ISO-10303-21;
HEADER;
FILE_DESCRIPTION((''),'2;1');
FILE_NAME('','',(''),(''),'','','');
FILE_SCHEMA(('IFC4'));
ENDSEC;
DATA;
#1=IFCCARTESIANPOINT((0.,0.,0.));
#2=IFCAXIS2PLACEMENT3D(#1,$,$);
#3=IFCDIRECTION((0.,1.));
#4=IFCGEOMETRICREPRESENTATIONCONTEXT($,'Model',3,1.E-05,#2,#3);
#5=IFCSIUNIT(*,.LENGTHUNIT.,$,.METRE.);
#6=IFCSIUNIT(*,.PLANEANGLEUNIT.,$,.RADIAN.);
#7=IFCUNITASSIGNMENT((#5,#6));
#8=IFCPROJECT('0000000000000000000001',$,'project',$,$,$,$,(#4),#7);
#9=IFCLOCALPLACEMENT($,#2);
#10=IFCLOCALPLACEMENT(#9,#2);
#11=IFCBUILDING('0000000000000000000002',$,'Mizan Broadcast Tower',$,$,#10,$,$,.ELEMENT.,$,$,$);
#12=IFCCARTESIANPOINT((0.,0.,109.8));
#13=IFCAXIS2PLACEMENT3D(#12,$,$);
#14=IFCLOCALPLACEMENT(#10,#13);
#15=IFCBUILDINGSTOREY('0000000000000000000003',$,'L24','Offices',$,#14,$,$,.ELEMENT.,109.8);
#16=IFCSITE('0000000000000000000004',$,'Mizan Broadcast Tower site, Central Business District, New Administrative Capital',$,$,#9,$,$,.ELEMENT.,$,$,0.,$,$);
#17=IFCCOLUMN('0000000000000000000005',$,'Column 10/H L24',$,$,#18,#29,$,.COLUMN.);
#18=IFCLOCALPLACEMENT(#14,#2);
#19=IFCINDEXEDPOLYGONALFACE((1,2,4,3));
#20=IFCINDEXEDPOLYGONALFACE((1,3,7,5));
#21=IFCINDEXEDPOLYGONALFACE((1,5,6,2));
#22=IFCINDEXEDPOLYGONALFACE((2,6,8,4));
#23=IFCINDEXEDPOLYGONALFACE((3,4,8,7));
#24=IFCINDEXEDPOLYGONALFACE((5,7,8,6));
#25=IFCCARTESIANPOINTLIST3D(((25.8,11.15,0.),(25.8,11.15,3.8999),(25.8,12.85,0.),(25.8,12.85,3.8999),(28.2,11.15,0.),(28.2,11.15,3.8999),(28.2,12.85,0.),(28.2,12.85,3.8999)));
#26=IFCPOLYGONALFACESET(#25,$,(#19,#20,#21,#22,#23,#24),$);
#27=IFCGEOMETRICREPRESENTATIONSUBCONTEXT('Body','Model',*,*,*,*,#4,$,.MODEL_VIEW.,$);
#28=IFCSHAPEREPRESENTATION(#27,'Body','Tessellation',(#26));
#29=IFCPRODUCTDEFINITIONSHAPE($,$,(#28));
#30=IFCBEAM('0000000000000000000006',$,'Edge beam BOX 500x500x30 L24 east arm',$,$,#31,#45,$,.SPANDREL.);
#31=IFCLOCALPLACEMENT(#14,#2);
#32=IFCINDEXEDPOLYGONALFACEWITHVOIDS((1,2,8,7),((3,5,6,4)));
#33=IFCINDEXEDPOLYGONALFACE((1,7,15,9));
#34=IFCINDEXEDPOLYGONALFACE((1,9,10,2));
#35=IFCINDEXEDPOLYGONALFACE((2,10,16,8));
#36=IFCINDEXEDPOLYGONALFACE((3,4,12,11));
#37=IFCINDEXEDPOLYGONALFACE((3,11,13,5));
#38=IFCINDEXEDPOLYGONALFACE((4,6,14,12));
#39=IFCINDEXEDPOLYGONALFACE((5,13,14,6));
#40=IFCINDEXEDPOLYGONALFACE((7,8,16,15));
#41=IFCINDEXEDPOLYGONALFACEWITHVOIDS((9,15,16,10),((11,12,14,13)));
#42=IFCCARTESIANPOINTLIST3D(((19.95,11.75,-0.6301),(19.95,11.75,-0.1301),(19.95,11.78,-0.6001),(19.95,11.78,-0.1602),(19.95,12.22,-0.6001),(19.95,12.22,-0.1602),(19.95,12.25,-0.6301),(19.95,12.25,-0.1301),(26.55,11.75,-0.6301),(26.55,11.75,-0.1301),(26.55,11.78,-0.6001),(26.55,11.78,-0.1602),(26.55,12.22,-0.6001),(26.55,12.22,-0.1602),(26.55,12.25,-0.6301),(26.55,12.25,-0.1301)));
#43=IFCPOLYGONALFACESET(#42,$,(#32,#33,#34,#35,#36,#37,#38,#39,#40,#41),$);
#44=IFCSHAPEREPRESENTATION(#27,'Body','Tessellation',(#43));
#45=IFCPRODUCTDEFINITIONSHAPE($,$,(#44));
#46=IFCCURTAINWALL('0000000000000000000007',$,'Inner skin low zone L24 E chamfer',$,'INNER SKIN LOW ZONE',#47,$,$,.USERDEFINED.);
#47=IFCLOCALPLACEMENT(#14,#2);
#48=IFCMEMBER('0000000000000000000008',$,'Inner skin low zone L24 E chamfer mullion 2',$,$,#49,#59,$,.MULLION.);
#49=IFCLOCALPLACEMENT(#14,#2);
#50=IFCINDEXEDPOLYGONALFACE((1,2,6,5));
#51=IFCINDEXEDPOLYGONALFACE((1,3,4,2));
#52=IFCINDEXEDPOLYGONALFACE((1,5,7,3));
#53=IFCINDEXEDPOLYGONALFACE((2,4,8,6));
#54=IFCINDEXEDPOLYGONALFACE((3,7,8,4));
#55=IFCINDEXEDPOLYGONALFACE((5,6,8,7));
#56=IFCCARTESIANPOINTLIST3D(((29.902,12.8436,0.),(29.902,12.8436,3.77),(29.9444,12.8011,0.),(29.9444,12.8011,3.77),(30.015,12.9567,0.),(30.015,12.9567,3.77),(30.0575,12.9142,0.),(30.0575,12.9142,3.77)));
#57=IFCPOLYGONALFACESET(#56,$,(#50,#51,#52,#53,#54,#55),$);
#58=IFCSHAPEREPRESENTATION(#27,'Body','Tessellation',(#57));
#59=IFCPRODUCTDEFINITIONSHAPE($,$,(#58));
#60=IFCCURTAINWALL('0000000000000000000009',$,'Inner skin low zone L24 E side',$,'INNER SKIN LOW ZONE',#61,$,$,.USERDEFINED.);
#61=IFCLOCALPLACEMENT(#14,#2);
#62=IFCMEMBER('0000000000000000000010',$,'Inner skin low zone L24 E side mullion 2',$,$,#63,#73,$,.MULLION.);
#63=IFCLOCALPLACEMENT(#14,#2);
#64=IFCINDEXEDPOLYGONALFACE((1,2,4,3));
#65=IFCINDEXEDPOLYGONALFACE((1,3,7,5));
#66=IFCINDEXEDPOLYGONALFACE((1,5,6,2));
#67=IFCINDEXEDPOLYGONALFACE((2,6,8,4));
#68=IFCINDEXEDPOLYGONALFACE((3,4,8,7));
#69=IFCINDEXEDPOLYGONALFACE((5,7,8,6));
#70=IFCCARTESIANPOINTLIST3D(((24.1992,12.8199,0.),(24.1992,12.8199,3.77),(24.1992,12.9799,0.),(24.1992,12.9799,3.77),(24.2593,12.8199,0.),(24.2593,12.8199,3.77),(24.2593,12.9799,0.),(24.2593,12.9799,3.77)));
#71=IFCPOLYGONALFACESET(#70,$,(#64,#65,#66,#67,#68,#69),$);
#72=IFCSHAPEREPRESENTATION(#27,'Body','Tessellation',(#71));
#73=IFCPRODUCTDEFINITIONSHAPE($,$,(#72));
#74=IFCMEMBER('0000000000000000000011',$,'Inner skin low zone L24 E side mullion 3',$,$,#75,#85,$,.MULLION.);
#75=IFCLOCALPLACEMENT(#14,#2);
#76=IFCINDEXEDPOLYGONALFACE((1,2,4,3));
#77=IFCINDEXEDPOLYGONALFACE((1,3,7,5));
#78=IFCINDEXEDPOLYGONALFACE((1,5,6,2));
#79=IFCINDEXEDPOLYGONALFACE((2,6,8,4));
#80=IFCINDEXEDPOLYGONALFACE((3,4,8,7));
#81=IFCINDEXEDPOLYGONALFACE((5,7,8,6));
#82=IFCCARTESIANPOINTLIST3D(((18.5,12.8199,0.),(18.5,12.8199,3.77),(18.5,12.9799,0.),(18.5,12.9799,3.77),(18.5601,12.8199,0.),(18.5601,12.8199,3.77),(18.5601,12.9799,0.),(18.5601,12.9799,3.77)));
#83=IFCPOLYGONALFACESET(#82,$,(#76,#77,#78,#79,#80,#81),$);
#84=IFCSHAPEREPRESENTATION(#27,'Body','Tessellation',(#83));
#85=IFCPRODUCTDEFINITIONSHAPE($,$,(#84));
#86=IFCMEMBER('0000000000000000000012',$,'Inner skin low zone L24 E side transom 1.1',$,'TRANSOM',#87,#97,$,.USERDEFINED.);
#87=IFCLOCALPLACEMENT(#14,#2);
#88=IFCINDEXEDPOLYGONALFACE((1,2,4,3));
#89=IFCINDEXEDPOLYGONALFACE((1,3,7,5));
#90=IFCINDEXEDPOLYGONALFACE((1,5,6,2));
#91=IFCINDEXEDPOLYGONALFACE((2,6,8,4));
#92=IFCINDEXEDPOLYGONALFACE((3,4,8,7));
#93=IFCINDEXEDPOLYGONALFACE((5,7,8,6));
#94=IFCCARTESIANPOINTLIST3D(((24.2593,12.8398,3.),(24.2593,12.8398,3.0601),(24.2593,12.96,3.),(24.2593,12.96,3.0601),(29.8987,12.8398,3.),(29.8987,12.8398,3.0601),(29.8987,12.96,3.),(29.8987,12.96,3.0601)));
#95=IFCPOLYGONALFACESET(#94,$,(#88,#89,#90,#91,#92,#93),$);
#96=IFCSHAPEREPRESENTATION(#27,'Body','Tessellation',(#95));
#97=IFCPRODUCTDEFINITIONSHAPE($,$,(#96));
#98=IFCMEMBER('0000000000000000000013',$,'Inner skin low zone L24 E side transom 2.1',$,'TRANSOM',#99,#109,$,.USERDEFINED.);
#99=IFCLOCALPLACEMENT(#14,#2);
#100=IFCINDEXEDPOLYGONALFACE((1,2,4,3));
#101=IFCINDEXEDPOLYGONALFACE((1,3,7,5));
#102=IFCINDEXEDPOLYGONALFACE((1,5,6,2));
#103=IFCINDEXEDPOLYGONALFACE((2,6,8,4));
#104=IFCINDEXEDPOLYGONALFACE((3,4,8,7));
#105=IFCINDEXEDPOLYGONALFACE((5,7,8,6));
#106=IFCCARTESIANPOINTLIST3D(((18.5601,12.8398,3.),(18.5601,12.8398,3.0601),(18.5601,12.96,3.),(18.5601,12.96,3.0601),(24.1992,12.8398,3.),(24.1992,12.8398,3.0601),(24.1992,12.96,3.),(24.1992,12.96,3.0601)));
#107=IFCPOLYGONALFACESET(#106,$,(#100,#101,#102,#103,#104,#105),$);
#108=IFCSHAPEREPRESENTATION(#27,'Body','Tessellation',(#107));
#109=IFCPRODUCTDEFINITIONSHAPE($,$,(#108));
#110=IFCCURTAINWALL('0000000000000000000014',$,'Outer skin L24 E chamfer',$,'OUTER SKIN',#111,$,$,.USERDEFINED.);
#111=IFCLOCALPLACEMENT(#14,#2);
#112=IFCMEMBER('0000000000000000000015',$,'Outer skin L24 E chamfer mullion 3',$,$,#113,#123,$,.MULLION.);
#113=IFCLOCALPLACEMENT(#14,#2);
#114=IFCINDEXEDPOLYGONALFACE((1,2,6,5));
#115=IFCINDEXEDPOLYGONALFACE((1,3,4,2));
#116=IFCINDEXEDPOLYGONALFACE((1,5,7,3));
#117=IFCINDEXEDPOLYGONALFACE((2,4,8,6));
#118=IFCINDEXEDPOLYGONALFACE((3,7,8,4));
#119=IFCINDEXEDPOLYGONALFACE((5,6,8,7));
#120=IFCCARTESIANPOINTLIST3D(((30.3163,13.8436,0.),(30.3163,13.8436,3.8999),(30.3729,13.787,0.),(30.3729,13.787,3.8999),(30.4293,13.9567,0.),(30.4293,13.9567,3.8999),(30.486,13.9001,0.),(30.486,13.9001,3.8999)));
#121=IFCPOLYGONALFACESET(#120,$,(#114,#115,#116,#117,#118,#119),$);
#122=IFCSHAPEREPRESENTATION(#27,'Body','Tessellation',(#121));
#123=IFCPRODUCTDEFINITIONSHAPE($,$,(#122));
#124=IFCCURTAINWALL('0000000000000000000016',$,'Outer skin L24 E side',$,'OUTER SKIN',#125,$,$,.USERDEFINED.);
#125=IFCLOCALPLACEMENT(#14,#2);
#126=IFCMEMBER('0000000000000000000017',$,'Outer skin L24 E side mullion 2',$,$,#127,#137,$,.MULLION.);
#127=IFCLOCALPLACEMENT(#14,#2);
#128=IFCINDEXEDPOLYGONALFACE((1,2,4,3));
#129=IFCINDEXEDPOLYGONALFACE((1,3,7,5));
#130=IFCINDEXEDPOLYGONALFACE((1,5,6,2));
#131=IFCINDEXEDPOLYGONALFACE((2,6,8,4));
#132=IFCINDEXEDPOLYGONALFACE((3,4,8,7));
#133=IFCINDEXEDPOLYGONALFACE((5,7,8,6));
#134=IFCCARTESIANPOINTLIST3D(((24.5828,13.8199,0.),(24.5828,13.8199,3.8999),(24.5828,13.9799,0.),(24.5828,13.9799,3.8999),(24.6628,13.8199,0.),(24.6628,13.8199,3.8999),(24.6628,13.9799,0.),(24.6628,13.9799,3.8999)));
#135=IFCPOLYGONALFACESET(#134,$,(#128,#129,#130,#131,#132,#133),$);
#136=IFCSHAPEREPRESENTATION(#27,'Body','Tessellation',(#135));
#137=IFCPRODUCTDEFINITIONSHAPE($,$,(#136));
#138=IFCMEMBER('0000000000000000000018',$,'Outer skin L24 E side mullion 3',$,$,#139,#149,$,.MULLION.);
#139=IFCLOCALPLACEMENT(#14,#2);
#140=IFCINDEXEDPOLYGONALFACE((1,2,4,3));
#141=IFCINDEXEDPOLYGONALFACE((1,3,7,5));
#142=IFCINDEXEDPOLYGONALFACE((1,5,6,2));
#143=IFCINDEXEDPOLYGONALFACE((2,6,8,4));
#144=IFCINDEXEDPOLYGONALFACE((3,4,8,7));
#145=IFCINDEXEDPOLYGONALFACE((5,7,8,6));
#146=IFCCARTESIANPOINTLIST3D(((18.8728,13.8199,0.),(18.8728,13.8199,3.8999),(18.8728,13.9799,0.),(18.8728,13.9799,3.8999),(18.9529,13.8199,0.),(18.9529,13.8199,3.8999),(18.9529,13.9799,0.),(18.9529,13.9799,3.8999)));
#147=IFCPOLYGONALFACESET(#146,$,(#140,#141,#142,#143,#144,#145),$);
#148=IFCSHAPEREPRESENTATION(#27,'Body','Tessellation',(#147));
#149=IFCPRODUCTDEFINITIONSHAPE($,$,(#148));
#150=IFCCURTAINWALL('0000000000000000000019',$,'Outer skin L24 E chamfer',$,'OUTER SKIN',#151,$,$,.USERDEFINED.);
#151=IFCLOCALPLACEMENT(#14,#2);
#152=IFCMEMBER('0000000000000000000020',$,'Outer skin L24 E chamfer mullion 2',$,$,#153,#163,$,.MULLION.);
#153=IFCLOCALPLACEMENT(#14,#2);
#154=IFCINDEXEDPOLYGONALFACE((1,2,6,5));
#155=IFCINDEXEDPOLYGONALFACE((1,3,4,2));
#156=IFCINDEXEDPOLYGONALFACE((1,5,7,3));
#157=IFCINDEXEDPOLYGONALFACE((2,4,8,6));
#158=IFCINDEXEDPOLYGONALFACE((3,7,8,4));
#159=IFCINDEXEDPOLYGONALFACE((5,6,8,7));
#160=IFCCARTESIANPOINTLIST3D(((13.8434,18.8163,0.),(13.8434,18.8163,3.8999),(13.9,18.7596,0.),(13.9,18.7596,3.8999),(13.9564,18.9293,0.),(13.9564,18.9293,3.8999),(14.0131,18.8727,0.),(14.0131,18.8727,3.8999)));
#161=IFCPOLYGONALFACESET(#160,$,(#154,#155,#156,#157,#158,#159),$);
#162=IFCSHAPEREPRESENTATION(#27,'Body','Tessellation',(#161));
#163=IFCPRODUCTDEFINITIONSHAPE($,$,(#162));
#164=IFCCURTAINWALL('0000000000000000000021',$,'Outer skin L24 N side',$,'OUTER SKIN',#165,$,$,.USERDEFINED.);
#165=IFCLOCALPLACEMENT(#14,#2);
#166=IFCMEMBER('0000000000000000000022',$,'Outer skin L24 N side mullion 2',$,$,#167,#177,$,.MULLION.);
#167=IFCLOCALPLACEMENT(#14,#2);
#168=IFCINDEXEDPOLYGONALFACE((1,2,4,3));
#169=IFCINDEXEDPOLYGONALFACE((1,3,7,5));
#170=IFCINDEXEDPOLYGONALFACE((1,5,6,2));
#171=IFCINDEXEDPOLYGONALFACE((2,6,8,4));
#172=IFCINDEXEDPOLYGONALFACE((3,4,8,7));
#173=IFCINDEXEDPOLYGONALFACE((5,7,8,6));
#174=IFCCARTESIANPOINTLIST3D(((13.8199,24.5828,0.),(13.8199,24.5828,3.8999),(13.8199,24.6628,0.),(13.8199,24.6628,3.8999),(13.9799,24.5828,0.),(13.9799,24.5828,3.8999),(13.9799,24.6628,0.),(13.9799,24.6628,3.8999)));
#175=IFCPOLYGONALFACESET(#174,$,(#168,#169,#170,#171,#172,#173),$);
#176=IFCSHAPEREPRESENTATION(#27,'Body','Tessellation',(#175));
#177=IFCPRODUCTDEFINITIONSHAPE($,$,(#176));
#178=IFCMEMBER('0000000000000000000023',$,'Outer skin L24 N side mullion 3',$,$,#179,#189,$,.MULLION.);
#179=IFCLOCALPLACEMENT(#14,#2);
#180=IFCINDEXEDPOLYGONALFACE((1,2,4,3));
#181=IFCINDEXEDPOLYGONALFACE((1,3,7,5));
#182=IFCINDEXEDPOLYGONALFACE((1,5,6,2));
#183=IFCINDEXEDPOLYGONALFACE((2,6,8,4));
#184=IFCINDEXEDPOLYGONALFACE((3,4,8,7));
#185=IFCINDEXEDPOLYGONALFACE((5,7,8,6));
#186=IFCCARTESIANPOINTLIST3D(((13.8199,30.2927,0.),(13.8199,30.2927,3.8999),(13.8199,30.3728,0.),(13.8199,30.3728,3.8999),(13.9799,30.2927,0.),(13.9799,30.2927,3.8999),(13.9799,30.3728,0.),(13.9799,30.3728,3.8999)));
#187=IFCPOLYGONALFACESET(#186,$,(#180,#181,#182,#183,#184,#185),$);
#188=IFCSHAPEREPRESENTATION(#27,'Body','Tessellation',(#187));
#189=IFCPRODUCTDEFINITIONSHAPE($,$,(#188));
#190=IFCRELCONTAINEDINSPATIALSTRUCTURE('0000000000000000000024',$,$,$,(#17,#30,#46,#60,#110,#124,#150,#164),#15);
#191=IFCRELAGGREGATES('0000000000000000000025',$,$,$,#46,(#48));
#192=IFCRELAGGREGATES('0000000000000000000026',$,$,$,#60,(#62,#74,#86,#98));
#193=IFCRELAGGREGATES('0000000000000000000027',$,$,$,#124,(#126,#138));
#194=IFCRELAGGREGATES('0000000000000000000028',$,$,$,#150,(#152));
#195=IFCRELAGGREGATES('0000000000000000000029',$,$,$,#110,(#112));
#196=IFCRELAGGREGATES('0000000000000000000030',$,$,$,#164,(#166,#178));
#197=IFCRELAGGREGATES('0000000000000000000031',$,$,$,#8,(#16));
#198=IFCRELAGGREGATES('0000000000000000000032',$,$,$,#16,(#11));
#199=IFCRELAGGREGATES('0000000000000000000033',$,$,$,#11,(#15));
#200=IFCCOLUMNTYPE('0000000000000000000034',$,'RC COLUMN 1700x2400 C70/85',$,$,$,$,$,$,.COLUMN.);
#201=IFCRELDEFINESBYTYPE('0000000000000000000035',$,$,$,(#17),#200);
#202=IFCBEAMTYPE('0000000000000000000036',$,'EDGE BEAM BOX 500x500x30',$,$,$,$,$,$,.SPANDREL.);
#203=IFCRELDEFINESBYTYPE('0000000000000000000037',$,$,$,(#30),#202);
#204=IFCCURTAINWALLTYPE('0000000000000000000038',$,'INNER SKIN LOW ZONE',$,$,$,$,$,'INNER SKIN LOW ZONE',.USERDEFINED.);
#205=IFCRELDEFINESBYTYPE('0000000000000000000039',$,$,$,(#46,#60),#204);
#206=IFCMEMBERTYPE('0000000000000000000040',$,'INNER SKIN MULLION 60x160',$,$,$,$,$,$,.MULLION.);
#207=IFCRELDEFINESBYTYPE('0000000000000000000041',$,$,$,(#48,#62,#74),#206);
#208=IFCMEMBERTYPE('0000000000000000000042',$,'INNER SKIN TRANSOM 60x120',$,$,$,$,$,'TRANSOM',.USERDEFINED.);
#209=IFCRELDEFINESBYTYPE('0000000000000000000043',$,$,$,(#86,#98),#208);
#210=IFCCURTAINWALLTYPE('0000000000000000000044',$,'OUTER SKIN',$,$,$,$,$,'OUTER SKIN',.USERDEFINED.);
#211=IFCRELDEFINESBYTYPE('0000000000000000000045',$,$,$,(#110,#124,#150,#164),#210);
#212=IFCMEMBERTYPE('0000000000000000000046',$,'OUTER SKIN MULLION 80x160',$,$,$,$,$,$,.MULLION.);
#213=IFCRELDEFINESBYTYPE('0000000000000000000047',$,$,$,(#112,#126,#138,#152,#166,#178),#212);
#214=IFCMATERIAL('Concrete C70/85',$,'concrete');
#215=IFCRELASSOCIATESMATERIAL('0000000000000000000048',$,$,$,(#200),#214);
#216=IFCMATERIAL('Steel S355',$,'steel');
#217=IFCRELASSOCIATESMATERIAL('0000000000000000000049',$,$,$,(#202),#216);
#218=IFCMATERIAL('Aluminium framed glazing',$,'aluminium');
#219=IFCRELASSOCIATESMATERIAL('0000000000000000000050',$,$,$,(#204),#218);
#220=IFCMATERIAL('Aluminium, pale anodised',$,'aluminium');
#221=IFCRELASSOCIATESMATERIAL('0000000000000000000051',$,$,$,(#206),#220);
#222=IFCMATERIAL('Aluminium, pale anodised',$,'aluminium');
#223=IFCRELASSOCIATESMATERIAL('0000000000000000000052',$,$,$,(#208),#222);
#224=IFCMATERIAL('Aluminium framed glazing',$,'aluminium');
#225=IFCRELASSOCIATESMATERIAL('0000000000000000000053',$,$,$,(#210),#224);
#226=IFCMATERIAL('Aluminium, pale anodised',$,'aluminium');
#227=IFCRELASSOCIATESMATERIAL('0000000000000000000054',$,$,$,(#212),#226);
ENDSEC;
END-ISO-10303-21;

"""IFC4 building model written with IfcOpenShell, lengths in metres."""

from ifc_helpers import new_model, si_unit, direction, frame, origin, origin_2d, place, context, subcontext, project, spatial, rectangle, hollow_rectangle, extrude, material, material_profile, profile_set, type_object, element, aggregate, save


model = new_model("IFC4")

# Units and contexts
model_context = context("Model", 3, precision=1e-05, world=origin(), true_north=direction((0.0, 1.0)))
body_context = subcontext(model_context, "Body", "Model", "MODEL_VIEW")
ifc_project = project(units=[si_unit("LENGTHUNIT", "METRE"), si_unit("PLANEANGLEUNIT", "RADIAN")], contexts=[model_context])

# Site, building, storey
site_placement = place(None, origin())
site = spatial("IfcSite", under=ifc_project, at=site_placement, Name="Mizan Broadcast Tower site, Central Business District, New Administrative Capital", CompositionType="ELEMENT", RefElevation=0.0)
building_placement = place(site_placement, origin())
building = spatial("IfcBuilding", under=site, at=building_placement, Name="Mizan Broadcast Tower", CompositionType="ELEMENT")
storey_placement = place(building_placement, frame((0.0, 0.0, 109.8)))
storey = spatial("IfcBuildingStorey", under=building, at=storey_placement, Name="L24", Description="Offices", CompositionType="ELEMENT", Elevation=109.8)

# Column
ifc_material_1 = material(Name="Concrete C70/85", Category="concrete")
ifc_material_profile_1 = material_profile(ifc_material_1, rectangle(XDim=1.7, YDim=2.3999, at=origin_2d()), Name="RC 1700x2400")
ifc_profile_set_1 = profile_set([ifc_material_profile_1], Name="Concrete C70/85")
column_type = type_object("IfcColumnType", Name="RC COLUMN 1700x2400 C70/85", PredefinedType="COLUMN", material=ifc_profile_set_1)
column_placement = place(storey_placement, frame((27.0, 12.0, 0.0), z_axis=(0.0, 0.0, 1.0), x_axis=(0.0, 1.0, 0.0)))
element("IfcColumn", 1, at=column_placement, inside=storey, type_object=column_type, Name="Column 10/H L24", PredefinedType="COLUMN", context=body_context, shape_type="SweptSolid", body=[
    extrude(rectangle(XDim=1.7, YDim=2.3999, at=origin_2d()), origin(), (0.0, 0.0, 1.0), 3.8999),
])

# Beam
ifc_material_2 = material(Name="Steel S355", Category="steel")
ifc_material_profile_2 = material_profile(ifc_material_2, hollow_rectangle(XDim=0.5, YDim=0.5, WallThickness=0.03, at=origin_2d()), Name="BOX 500x500x30")
ifc_profile_set_2 = profile_set([ifc_material_profile_2], Name="Steel S355")
beam_type_1 = type_object("IfcBeamType", Name="EDGE BEAM BOX 500x500x30", PredefinedType="SPANDREL", material=ifc_profile_set_2)
beam_1_placement = place(storey_placement, frame((19.95, 12.0, -0.3801), z_axis=(1.0, 0.0, 0.0), x_axis=(0.0, 1.0, 0.0)))
element("IfcBeam", 2, at=beam_1_placement, inside=storey, type_object=beam_type_1, Name="Edge beam BOX 500x500x30 L24 east arm", PredefinedType="SPANDREL", context=body_context, shape_type="SweptSolid", body=[
    extrude(hollow_rectangle(XDim=0.5, YDim=0.5, WallThickness=0.03, at=origin_2d()), origin(), (0.0, 0.0, 1.0), 6.6001),
])

# Curtain wall, member
ifc_material_3 = material(Name="Aluminium framed glazing", Category="aluminium")
curtain_wall_type_1 = type_object("IfcCurtainWallType", Name="INNER SKIN LOW ZONE", ElementType="INNER SKIN LOW ZONE", PredefinedType="USERDEFINED", material=ifc_material_3)
curtain_wall_1_placement = place(storey_placement, origin())
curtain_wall_1 = element("IfcCurtainWall", 3, at=curtain_wall_1_placement, inside=storey, type_object=curtain_wall_type_1, Name="Inner skin low zone L24 E chamfer", ObjectType="INNER SKIN LOW ZONE", PredefinedType="USERDEFINED")
ifc_material_4 = material(Name="Aluminium, pale anodised", Category="aluminium")
ifc_material_profile_3 = material_profile(ifc_material_4, rectangle(XDim=0.1599, YDim=0.0601, at=origin_2d()), Name="MULLION 160x60")
ifc_profile_set_3 = profile_set([ifc_material_profile_3], Name="Aluminium, pale anodised")
member_type_1 = type_object("IfcMemberType", Name="INNER SKIN MULLION 60x160", PredefinedType="MULLION", material=ifc_profile_set_3)
member_1_placement = place(storey_placement, frame((29.9797, 12.8789, 0.0), z_axis=(0.0, 0.0, 1.0), x_axis=(-0.707107, -0.707107, 0.0)))
member_1 = element("IfcMember", 4, at=member_1_placement, type_object=member_type_1, Name="Inner skin low zone L24 E chamfer mullion 2", PredefinedType="MULLION", context=body_context, shape_type="SweptSolid", body=[
    extrude(rectangle(XDim=0.1599, YDim=0.0601, at=origin_2d()), origin(), (0.0, 0.0, 1.0), 3.77),
])
aggregate(curtain_wall_1, [member_1])

# Curtain wall, members
curtain_wall_2_placement = place(storey_placement, origin())
curtain_wall_2 = element("IfcCurtainWall", 5, at=curtain_wall_2_placement, inside=storey, type_object=curtain_wall_type_1, Name="Inner skin low zone L24 E side", ObjectType="INNER SKIN LOW ZONE", PredefinedType="USERDEFINED")
member_2_placement = place(storey_placement, frame((24.2292, 12.8999, 0.0), z_axis=(0.0, 0.0, 1.0), x_axis=(0.0, -1.0, 0.0)))
member_2 = element("IfcMember", 6, at=member_2_placement, type_object=member_type_1, Name="Inner skin low zone L24 E side mullion 2", PredefinedType="MULLION", context=body_context, shape_type="SweptSolid", body=[
    extrude(rectangle(XDim=0.1599, YDim=0.0601, at=origin_2d()), origin(), (0.0, 0.0, 1.0), 3.77),
])
member_3_placement = place(storey_placement, frame((18.53, 12.8999, 0.0), z_axis=(0.0, 0.0, 1.0), x_axis=(0.0, -1.0, 0.0)))
member_3 = element("IfcMember", 7, at=member_3_placement, type_object=member_type_1, Name="Inner skin low zone L24 E side mullion 3", PredefinedType="MULLION", context=body_context, shape_type="SweptSolid", body=[
    extrude(rectangle(XDim=0.1599, YDim=0.0601, at=origin_2d()), origin(), (0.0, 0.0, 1.0), 3.77),
])
ifc_material_5 = material(Name="Aluminium, pale anodised", Category="aluminium")
ifc_material_profile_4 = material_profile(ifc_material_5, rectangle(XDim=0.1201, YDim=0.0601, at=origin_2d()), Name="TRANSOM 120x60")
ifc_profile_set_4 = profile_set([ifc_material_profile_4], Name="Aluminium, pale anodised")
member_type_2 = type_object("IfcMemberType", Name="INNER SKIN TRANSOM 60x120", ElementType="TRANSOM", PredefinedType="USERDEFINED", material=ifc_profile_set_4)
member_4_placement = place(storey_placement, frame((29.8987, 12.8999, 3.03), z_axis=(-1.0, 0.0, 0.0), x_axis=(0.0, -1.0, 0.0)))
member_4 = element("IfcMember", 8, at=member_4_placement, type_object=member_type_2, Name="Inner skin low zone L24 E side transom 1.1", ObjectType="TRANSOM", PredefinedType="USERDEFINED", context=body_context, shape_type="SweptSolid", body=[
    extrude(rectangle(XDim=0.1201, YDim=0.0601, at=origin_2d()), origin(), (0.0, 0.0, 1.0), 5.6394),
])
member_5_placement = place(storey_placement, frame((24.1992, 12.8999, 3.03), z_axis=(-1.0, 0.0, 0.0), x_axis=(0.0, -1.0, 0.0)))
member_5 = element("IfcMember", 9, at=member_5_placement, type_object=member_type_2, Name="Inner skin low zone L24 E side transom 2.1", ObjectType="TRANSOM", PredefinedType="USERDEFINED", context=body_context, shape_type="SweptSolid", body=[
    extrude(rectangle(XDim=0.1201, YDim=0.0601, at=origin_2d()), origin(), (0.0, 0.0, 1.0), 5.6392),
])

# Curtain wall, member
ifc_material_6 = material(Name="Aluminium framed glazing", Category="aluminium")
curtain_wall_type_2 = type_object("IfcCurtainWallType", Name="OUTER SKIN", ElementType="OUTER SKIN", PredefinedType="USERDEFINED", material=ifc_material_6)
curtain_wall_3_placement = place(storey_placement, origin())
curtain_wall_3 = element("IfcCurtainWall", 10, at=curtain_wall_3_placement, inside=storey, type_object=curtain_wall_type_2, Name="Outer skin L24 E chamfer", ObjectType="OUTER SKIN", PredefinedType="USERDEFINED")
ifc_material_7 = material(Name="Aluminium, pale anodised", Category="aluminium")
ifc_material_profile_5 = material_profile(ifc_material_7, rectangle(XDim=0.1599, YDim=0.0801, at=origin_2d()), Name="MULLION 160x80")
ifc_profile_set_5 = profile_set([ifc_material_profile_5], Name="Aluminium, pale anodised")
member_type_3 = type_object("IfcMemberType", Name="OUTER SKIN MULLION 80x160", PredefinedType="MULLION", material=ifc_profile_set_5)
member_6_placement = place(storey_placement, frame((30.4011, 13.8718, 0.0), z_axis=(0.0, 0.0, 1.0), x_axis=(-0.707107, -0.707107, 0.0)))
member_6 = element("IfcMember", 11, at=member_6_placement, type_object=member_type_3, Name="Outer skin L24 E chamfer mullion 3", PredefinedType="MULLION", context=body_context, shape_type="SweptSolid", body=[
    extrude(rectangle(XDim=0.1599, YDim=0.0801, at=origin_2d()), origin(), (0.0, 0.0, 1.0), 3.8999),
])

# Curtain wall, members
curtain_wall_4_placement = place(storey_placement, origin())
curtain_wall_4 = element("IfcCurtainWall", 12, at=curtain_wall_4_placement, inside=storey, type_object=curtain_wall_type_2, Name="Outer skin L24 E side", ObjectType="OUTER SKIN", PredefinedType="USERDEFINED")
member_7_placement = place(storey_placement, frame((24.6228, 13.8999, 0.0), z_axis=(0.0, 0.0, 1.0), x_axis=(0.0, -1.0, 0.0)))
member_7 = element("IfcMember", 13, at=member_7_placement, type_object=member_type_3, Name="Outer skin L24 E side mullion 2", PredefinedType="MULLION", context=body_context, shape_type="SweptSolid", body=[
    extrude(rectangle(XDim=0.1599, YDim=0.0801, at=origin_2d()), origin(), (0.0, 0.0, 1.0), 3.8999),
])
member_8_placement = place(storey_placement, frame((18.9128, 13.8999, 0.0), z_axis=(0.0, 0.0, 1.0), x_axis=(0.0, -1.0, 0.0)))
member_8 = element("IfcMember", 14, at=member_8_placement, type_object=member_type_3, Name="Outer skin L24 E side mullion 3", PredefinedType="MULLION", context=body_context, shape_type="SweptSolid", body=[
    extrude(rectangle(XDim=0.1599, YDim=0.0801, at=origin_2d()), origin(), (0.0, 0.0, 1.0), 3.8999),
])

# Curtain wall, member
curtain_wall_5_placement = place(storey_placement, origin())
curtain_wall_5 = element("IfcCurtainWall", 15, at=curtain_wall_5_placement, inside=storey, type_object=curtain_wall_type_2, Name="Outer skin L24 E chamfer", ObjectType="OUTER SKIN", PredefinedType="USERDEFINED")
member_9_placement = place(storey_placement, frame((13.9282, 18.8445, 0.0), z_axis=(0.0, 0.0, 1.0), x_axis=(-0.707107, -0.707107, 0.0)))
member_9 = element("IfcMember", 16, at=member_9_placement, type_object=member_type_3, Name="Outer skin L24 E chamfer mullion 2", PredefinedType="MULLION", context=body_context, shape_type="SweptSolid", body=[
    extrude(rectangle(XDim=0.1599, YDim=0.0801, at=origin_2d()), origin(), (0.0, 0.0, 1.0), 3.8999),
])

# Curtain wall, members
curtain_wall_6_placement = place(storey_placement, origin())
curtain_wall_6 = element("IfcCurtainWall", 17, at=curtain_wall_6_placement, inside=storey, type_object=curtain_wall_type_2, Name="Outer skin L24 N side", ObjectType="OUTER SKIN", PredefinedType="USERDEFINED")
member_10_placement = place(storey_placement, frame((13.8999, 24.6228, 0.0), z_axis=(0.0, 0.0, 1.0), x_axis=(-1.0, 0.0, 0.0)))
member_10 = element("IfcMember", 18, at=member_10_placement, type_object=member_type_3, Name="Outer skin L24 N side mullion 2", PredefinedType="MULLION", context=body_context, shape_type="SweptSolid", body=[
    extrude(rectangle(XDim=0.1599, YDim=0.0801, at=origin_2d()), origin(), (0.0, 0.0, 1.0), 3.8999),
])
member_11_placement = place(storey_placement, frame((13.8999, 30.3328, 0.0), z_axis=(0.0, 0.0, 1.0), x_axis=(-1.0, 0.0, 0.0)))
member_11 = element("IfcMember", 19, at=member_11_placement, type_object=member_type_3, Name="Outer skin L24 N side mullion 3", PredefinedType="MULLION", context=body_context, shape_type="SweptSolid", body=[
    extrude(rectangle(XDim=0.1599, YDim=0.0801, at=origin_2d()), origin(), (0.0, 0.0, 1.0), 3.8999),
])

aggregate(curtain_wall_2, [member_2, member_3, member_4, member_5])
aggregate(curtain_wall_4, [member_7, member_8])
aggregate(curtain_wall_5, [member_9])
aggregate(curtain_wall_3, [member_6])
aggregate(curtain_wall_6, [member_10, member_11])

save(model, "model.ifc")
